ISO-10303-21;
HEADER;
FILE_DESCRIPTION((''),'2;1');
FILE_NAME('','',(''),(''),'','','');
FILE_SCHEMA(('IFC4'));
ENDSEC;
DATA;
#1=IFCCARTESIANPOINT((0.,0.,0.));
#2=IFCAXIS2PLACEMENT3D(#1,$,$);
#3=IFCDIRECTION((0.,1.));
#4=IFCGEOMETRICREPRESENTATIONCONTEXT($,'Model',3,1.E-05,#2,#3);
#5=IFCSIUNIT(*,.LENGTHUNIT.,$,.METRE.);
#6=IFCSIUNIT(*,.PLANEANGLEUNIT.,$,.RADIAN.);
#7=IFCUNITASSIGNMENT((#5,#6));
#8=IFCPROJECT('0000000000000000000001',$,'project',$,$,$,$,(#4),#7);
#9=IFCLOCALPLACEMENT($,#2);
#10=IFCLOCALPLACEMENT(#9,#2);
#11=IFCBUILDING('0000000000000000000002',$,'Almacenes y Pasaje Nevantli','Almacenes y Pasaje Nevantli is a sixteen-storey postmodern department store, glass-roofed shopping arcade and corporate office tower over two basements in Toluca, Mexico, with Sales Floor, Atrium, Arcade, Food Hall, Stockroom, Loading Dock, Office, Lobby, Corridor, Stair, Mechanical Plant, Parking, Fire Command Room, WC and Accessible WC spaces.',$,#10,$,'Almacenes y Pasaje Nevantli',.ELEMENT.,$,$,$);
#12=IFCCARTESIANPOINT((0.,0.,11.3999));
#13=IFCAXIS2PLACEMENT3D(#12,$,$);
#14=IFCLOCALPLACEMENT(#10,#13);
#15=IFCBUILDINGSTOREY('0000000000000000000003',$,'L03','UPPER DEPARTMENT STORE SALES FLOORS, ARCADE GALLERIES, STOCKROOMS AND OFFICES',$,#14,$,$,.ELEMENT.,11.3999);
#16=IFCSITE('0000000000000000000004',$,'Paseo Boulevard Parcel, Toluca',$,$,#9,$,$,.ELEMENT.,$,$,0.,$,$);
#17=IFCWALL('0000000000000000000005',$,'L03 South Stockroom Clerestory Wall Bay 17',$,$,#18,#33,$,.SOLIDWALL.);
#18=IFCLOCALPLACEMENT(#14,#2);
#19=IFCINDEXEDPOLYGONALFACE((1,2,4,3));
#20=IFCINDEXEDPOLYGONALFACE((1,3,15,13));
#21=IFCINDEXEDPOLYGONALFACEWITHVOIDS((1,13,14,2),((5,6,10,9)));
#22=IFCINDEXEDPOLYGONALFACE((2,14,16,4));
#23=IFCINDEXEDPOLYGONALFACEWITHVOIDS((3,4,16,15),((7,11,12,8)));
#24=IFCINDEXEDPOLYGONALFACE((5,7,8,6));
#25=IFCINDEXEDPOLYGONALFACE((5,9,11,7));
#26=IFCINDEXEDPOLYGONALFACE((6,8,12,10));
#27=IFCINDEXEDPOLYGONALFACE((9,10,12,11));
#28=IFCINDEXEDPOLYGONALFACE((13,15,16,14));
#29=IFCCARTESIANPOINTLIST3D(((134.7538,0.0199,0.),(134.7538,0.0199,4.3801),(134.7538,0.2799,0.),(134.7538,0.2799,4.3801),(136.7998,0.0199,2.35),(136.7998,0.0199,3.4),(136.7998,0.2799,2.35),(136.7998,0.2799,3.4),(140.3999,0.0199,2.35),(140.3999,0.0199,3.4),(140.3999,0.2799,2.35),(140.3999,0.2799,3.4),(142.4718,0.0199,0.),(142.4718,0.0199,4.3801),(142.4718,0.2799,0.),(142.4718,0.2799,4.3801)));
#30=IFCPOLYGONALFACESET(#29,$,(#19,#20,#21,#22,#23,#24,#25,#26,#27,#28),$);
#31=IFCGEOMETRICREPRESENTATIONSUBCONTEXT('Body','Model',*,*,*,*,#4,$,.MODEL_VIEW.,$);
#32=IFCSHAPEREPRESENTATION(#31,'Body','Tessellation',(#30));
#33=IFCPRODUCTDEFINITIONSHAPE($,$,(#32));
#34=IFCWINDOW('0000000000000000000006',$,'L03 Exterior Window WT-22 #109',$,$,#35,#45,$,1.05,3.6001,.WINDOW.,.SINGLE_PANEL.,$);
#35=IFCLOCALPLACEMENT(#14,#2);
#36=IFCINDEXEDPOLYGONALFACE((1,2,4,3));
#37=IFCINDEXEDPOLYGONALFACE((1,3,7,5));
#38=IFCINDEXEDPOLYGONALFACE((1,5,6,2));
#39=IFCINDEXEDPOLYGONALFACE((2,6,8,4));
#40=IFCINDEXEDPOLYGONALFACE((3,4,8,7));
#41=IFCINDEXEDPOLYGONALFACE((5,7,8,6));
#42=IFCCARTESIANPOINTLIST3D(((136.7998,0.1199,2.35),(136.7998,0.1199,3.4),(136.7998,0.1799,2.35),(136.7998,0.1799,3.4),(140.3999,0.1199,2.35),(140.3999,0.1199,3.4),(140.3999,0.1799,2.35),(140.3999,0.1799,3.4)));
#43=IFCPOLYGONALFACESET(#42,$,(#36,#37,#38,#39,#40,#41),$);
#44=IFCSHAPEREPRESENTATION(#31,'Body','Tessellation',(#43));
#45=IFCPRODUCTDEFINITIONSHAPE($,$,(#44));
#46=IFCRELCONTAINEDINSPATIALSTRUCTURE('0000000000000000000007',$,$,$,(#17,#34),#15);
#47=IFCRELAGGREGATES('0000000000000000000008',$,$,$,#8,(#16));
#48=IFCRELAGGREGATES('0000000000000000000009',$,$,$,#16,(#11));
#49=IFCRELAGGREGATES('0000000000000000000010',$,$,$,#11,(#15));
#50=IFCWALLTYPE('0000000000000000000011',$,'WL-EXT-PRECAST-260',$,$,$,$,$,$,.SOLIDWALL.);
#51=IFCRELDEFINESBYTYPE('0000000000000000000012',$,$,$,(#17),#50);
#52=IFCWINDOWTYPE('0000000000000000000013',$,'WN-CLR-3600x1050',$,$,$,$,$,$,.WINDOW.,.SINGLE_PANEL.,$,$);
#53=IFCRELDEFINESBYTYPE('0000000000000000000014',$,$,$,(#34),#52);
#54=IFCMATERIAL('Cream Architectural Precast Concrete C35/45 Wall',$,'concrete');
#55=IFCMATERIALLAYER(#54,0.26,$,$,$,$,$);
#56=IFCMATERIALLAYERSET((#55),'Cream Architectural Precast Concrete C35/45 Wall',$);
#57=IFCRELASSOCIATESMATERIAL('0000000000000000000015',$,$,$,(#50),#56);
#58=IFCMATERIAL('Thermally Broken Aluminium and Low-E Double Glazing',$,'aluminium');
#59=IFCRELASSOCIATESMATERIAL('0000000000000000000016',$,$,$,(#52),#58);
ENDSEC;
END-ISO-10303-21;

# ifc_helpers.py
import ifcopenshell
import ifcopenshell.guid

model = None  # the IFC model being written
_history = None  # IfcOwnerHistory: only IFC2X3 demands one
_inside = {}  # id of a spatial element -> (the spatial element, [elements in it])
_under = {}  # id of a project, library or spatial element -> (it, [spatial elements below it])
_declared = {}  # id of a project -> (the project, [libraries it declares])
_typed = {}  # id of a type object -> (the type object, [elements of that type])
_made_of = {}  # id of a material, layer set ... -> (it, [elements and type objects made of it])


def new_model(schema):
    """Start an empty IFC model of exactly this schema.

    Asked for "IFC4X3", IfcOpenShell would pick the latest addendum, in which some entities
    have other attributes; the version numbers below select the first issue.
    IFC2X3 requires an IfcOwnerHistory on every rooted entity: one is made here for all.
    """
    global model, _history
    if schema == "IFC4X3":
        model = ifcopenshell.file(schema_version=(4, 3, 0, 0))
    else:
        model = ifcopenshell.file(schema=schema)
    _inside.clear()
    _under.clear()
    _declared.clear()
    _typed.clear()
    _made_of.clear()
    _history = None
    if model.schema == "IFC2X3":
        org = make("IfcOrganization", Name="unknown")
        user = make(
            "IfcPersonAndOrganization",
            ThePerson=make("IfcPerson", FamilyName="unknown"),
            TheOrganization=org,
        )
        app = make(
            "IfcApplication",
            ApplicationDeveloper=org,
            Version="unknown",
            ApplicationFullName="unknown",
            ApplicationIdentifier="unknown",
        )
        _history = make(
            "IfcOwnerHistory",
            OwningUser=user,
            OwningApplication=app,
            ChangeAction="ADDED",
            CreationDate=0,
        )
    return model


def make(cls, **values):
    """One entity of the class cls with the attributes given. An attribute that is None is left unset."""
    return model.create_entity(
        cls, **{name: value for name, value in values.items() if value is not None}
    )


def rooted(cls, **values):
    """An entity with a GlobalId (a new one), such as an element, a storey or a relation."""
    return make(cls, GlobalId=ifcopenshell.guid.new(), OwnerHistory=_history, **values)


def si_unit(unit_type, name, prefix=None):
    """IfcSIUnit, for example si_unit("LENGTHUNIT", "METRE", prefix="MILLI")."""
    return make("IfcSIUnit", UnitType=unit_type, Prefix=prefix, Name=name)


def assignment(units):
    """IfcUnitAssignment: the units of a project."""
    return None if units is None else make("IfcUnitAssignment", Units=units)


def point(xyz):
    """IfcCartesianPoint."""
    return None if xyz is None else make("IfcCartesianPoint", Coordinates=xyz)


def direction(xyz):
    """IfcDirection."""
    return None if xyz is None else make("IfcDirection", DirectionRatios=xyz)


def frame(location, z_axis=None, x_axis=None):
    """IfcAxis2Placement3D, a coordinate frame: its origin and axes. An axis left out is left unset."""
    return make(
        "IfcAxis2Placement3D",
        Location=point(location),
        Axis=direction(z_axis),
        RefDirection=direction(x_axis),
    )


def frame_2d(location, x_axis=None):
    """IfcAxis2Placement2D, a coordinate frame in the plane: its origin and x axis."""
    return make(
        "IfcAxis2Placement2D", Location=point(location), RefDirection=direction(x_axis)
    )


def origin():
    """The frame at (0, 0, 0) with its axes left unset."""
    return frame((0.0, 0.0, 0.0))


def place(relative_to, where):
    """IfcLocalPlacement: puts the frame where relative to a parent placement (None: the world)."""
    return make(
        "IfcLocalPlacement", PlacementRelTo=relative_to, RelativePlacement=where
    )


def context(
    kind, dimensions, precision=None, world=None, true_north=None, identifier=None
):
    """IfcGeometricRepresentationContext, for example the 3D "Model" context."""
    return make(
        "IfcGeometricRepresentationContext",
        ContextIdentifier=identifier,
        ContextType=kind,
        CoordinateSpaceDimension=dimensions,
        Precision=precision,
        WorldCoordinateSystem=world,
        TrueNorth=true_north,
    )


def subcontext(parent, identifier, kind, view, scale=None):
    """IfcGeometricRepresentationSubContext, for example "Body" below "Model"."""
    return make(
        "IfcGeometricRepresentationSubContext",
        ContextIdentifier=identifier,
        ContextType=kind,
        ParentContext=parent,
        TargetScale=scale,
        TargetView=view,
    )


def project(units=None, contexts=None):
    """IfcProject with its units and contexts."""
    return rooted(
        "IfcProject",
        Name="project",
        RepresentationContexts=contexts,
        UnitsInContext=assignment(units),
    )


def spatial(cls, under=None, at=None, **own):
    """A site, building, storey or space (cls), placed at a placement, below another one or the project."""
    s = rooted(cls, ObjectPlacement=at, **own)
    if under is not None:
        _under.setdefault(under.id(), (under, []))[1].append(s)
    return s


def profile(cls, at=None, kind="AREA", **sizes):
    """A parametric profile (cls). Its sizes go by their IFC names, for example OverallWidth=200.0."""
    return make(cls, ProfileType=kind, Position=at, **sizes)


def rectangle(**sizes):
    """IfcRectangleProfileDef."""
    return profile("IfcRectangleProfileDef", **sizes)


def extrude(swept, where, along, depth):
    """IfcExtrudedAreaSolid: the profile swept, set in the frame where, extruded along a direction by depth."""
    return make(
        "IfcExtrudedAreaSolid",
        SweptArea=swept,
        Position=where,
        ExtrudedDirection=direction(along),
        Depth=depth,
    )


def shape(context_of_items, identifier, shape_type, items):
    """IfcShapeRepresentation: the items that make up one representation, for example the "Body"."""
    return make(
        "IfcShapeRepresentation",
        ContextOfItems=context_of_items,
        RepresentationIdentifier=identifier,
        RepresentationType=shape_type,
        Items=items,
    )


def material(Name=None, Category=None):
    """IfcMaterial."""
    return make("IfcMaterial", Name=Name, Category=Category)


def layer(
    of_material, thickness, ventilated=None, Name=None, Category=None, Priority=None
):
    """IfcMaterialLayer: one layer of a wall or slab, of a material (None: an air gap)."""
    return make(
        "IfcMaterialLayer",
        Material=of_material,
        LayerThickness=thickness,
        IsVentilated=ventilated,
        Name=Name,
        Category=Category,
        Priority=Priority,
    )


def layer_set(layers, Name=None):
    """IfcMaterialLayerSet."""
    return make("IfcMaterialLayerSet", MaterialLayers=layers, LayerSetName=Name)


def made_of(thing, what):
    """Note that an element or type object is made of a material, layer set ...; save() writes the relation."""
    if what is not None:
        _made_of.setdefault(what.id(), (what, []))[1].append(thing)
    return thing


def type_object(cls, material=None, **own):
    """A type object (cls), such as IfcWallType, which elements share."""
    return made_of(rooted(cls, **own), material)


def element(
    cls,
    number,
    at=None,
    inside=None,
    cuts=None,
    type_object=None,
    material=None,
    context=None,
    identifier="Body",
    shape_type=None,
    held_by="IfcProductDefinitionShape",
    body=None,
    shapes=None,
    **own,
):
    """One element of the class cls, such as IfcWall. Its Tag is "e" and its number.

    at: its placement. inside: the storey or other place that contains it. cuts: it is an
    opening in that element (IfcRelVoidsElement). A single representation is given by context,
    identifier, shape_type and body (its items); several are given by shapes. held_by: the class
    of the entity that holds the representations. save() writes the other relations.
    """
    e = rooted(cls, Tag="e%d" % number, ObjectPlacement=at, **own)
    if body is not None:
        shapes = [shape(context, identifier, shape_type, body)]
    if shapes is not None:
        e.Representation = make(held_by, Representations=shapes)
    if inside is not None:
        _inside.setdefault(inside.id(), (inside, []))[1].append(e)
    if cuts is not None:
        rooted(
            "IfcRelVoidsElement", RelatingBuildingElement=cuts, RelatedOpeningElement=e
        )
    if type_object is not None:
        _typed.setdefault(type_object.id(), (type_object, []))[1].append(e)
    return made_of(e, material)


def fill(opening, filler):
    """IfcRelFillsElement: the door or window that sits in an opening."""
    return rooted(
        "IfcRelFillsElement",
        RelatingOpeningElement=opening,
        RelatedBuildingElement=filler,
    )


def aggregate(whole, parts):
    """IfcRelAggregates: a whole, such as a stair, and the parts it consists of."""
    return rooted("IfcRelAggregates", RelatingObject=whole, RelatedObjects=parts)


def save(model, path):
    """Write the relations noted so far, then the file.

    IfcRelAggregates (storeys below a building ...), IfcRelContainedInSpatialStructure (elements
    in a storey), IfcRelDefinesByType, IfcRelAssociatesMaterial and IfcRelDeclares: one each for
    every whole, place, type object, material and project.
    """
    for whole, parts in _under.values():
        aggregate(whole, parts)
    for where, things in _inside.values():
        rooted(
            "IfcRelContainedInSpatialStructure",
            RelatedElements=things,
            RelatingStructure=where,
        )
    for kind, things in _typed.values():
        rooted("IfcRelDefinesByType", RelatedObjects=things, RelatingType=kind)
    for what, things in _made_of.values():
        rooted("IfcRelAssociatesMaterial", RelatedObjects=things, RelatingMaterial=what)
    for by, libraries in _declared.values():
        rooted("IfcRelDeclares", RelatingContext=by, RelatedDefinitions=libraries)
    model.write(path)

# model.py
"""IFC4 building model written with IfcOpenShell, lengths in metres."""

from ifc_helpers import new_model, si_unit, direction, frame, frame_2d, origin, place, context, subcontext, project, spatial, rectangle, extrude, material, layer, layer_set, type_object, element, fill, save


model = new_model("IFC4")

# Units and contexts
model_context = context("Model", 3, precision=1e-05, world=origin(), true_north=direction((0.0, 1.0)))
body_context = subcontext(model_context, "Body", "Model", "MODEL_VIEW")
ifc_project = project(units=[si_unit("LENGTHUNIT", "METRE"), si_unit("PLANEANGLEUNIT", "RADIAN")], contexts=[model_context])

# Site, building, storey
site_placement = place(None, origin())
site = spatial("IfcSite", under=ifc_project, at=site_placement, Name="Paseo Boulevard Parcel, Toluca", CompositionType="ELEMENT", RefElevation=0.0)
building_placement = place(site_placement, origin())
building = spatial("IfcBuilding", under=site, at=building_placement, Name="Almacenes y Pasaje Nevantli", Description="Almacenes y Pasaje Nevantli is a sixteen-storey postmodern department store, glass-roofed shopping arcade and corporate office tower over two basements in Toluca, Mexico, with Sales Floor, Atrium, Arcade, Food Hall, Stockroom, Loading Dock, Office, Lobby, Corridor, Stair, Mechanical Plant, Parking, Fire Command Room, WC and Accessible WC spaces.", LongName="Almacenes y Pasaje Nevantli", CompositionType="ELEMENT")
storey_placement = place(building_placement, frame((0.0, 0.0, 11.3999)))
storey = spatial("IfcBuildingStorey", under=building, at=storey_placement, Name="L03", Description="UPPER DEPARTMENT STORE SALES FLOORS, ARCADE GALLERIES, STOCKROOMS AND OFFICES", CompositionType="ELEMENT", Elevation=11.3999)

# Wall, opening, window
ifc_material_1 = material(Name="Cream Architectural Precast Concrete C35/45 Wall", Category="concrete")
ifc_layer_1 = layer(ifc_material_1, 0.26)
ifc_layer_set_1 = layer_set([ifc_layer_1], Name="Cream Architectural Precast Concrete C35/45 Wall")
wall_type_1 = type_object("IfcWallType", Name="WL-EXT-PRECAST-260", PredefinedType="SOLIDWALL", material=ifc_layer_set_1)
wall_1_placement = place(storey_placement, frame((134.7539, 0.1499, 0.0), z_axis=(0.0, 0.0, 1.0), x_axis=(1.0, 0.0, 0.0)))
wall_1 = element("IfcWall", 1, at=wall_1_placement, inside=storey, type_object=wall_type_1, Name="L03 South Stockroom Clerestory Wall Bay 17", PredefinedType="SOLIDWALL", context=body_context, shape_type="SweptSolid", body=[
    extrude(rectangle(XDim=7.718, YDim=0.26, at=frame_2d((3.8589, 0.0))), origin(), (0.0, 0.0, 1.0), 4.3801),
])
opening_1_placement = place(wall_1_placement, frame((2.0459, 0.0, 2.3501)))
opening_1 = element("IfcOpeningElement", 2, at=opening_1_placement, cuts=wall_1, PredefinedType="OPENING", context=body_context, shape_type="SweptSolid", body=[
    extrude(rectangle(XDim=3.6001, YDim=1.05, at=frame_2d((1.8, 0.5249))), frame((0.0, 0.1399, 0.0), z_axis=(0.0, -1.0, 0.0), x_axis=(1.0, 0.0, 0.0)), (0.0, 0.0, 1.0), 0.28),
])
ifc_material_2 = material(Name="Thermally Broken Aluminium and Low-E Double Glazing", Category="aluminium")
window_type_1 = type_object("IfcWindowType", Name="WN-CLR-3600x1050", PartitioningType="SINGLE_PANEL", PredefinedType="WINDOW", material=ifc_material_2)
window_1_placement = place(opening_1_placement, origin())
window_1 = element("IfcWindow", 3, at=window_1_placement, inside=storey, type_object=window_type_1, Name="L03 Exterior Window WT-22 #109", OverallHeight=1.05, OverallWidth=3.6001, PartitioningType="SINGLE_PANEL", PredefinedType="WINDOW", context=body_context, shape_type="SweptSolid", body=[
    extrude(rectangle(XDim=3.6001, YDim=1.05, at=frame_2d((1.8, 0.5249))), frame((0.0, 0.03, 0.0), z_axis=(0.0, -1.0, 0.0), x_axis=(1.0, 0.0, 0.0)), (0.0, 0.0, 1.0), 0.0601),
])
fill(opening_1, window_1)

save(model, "model.ifc")
